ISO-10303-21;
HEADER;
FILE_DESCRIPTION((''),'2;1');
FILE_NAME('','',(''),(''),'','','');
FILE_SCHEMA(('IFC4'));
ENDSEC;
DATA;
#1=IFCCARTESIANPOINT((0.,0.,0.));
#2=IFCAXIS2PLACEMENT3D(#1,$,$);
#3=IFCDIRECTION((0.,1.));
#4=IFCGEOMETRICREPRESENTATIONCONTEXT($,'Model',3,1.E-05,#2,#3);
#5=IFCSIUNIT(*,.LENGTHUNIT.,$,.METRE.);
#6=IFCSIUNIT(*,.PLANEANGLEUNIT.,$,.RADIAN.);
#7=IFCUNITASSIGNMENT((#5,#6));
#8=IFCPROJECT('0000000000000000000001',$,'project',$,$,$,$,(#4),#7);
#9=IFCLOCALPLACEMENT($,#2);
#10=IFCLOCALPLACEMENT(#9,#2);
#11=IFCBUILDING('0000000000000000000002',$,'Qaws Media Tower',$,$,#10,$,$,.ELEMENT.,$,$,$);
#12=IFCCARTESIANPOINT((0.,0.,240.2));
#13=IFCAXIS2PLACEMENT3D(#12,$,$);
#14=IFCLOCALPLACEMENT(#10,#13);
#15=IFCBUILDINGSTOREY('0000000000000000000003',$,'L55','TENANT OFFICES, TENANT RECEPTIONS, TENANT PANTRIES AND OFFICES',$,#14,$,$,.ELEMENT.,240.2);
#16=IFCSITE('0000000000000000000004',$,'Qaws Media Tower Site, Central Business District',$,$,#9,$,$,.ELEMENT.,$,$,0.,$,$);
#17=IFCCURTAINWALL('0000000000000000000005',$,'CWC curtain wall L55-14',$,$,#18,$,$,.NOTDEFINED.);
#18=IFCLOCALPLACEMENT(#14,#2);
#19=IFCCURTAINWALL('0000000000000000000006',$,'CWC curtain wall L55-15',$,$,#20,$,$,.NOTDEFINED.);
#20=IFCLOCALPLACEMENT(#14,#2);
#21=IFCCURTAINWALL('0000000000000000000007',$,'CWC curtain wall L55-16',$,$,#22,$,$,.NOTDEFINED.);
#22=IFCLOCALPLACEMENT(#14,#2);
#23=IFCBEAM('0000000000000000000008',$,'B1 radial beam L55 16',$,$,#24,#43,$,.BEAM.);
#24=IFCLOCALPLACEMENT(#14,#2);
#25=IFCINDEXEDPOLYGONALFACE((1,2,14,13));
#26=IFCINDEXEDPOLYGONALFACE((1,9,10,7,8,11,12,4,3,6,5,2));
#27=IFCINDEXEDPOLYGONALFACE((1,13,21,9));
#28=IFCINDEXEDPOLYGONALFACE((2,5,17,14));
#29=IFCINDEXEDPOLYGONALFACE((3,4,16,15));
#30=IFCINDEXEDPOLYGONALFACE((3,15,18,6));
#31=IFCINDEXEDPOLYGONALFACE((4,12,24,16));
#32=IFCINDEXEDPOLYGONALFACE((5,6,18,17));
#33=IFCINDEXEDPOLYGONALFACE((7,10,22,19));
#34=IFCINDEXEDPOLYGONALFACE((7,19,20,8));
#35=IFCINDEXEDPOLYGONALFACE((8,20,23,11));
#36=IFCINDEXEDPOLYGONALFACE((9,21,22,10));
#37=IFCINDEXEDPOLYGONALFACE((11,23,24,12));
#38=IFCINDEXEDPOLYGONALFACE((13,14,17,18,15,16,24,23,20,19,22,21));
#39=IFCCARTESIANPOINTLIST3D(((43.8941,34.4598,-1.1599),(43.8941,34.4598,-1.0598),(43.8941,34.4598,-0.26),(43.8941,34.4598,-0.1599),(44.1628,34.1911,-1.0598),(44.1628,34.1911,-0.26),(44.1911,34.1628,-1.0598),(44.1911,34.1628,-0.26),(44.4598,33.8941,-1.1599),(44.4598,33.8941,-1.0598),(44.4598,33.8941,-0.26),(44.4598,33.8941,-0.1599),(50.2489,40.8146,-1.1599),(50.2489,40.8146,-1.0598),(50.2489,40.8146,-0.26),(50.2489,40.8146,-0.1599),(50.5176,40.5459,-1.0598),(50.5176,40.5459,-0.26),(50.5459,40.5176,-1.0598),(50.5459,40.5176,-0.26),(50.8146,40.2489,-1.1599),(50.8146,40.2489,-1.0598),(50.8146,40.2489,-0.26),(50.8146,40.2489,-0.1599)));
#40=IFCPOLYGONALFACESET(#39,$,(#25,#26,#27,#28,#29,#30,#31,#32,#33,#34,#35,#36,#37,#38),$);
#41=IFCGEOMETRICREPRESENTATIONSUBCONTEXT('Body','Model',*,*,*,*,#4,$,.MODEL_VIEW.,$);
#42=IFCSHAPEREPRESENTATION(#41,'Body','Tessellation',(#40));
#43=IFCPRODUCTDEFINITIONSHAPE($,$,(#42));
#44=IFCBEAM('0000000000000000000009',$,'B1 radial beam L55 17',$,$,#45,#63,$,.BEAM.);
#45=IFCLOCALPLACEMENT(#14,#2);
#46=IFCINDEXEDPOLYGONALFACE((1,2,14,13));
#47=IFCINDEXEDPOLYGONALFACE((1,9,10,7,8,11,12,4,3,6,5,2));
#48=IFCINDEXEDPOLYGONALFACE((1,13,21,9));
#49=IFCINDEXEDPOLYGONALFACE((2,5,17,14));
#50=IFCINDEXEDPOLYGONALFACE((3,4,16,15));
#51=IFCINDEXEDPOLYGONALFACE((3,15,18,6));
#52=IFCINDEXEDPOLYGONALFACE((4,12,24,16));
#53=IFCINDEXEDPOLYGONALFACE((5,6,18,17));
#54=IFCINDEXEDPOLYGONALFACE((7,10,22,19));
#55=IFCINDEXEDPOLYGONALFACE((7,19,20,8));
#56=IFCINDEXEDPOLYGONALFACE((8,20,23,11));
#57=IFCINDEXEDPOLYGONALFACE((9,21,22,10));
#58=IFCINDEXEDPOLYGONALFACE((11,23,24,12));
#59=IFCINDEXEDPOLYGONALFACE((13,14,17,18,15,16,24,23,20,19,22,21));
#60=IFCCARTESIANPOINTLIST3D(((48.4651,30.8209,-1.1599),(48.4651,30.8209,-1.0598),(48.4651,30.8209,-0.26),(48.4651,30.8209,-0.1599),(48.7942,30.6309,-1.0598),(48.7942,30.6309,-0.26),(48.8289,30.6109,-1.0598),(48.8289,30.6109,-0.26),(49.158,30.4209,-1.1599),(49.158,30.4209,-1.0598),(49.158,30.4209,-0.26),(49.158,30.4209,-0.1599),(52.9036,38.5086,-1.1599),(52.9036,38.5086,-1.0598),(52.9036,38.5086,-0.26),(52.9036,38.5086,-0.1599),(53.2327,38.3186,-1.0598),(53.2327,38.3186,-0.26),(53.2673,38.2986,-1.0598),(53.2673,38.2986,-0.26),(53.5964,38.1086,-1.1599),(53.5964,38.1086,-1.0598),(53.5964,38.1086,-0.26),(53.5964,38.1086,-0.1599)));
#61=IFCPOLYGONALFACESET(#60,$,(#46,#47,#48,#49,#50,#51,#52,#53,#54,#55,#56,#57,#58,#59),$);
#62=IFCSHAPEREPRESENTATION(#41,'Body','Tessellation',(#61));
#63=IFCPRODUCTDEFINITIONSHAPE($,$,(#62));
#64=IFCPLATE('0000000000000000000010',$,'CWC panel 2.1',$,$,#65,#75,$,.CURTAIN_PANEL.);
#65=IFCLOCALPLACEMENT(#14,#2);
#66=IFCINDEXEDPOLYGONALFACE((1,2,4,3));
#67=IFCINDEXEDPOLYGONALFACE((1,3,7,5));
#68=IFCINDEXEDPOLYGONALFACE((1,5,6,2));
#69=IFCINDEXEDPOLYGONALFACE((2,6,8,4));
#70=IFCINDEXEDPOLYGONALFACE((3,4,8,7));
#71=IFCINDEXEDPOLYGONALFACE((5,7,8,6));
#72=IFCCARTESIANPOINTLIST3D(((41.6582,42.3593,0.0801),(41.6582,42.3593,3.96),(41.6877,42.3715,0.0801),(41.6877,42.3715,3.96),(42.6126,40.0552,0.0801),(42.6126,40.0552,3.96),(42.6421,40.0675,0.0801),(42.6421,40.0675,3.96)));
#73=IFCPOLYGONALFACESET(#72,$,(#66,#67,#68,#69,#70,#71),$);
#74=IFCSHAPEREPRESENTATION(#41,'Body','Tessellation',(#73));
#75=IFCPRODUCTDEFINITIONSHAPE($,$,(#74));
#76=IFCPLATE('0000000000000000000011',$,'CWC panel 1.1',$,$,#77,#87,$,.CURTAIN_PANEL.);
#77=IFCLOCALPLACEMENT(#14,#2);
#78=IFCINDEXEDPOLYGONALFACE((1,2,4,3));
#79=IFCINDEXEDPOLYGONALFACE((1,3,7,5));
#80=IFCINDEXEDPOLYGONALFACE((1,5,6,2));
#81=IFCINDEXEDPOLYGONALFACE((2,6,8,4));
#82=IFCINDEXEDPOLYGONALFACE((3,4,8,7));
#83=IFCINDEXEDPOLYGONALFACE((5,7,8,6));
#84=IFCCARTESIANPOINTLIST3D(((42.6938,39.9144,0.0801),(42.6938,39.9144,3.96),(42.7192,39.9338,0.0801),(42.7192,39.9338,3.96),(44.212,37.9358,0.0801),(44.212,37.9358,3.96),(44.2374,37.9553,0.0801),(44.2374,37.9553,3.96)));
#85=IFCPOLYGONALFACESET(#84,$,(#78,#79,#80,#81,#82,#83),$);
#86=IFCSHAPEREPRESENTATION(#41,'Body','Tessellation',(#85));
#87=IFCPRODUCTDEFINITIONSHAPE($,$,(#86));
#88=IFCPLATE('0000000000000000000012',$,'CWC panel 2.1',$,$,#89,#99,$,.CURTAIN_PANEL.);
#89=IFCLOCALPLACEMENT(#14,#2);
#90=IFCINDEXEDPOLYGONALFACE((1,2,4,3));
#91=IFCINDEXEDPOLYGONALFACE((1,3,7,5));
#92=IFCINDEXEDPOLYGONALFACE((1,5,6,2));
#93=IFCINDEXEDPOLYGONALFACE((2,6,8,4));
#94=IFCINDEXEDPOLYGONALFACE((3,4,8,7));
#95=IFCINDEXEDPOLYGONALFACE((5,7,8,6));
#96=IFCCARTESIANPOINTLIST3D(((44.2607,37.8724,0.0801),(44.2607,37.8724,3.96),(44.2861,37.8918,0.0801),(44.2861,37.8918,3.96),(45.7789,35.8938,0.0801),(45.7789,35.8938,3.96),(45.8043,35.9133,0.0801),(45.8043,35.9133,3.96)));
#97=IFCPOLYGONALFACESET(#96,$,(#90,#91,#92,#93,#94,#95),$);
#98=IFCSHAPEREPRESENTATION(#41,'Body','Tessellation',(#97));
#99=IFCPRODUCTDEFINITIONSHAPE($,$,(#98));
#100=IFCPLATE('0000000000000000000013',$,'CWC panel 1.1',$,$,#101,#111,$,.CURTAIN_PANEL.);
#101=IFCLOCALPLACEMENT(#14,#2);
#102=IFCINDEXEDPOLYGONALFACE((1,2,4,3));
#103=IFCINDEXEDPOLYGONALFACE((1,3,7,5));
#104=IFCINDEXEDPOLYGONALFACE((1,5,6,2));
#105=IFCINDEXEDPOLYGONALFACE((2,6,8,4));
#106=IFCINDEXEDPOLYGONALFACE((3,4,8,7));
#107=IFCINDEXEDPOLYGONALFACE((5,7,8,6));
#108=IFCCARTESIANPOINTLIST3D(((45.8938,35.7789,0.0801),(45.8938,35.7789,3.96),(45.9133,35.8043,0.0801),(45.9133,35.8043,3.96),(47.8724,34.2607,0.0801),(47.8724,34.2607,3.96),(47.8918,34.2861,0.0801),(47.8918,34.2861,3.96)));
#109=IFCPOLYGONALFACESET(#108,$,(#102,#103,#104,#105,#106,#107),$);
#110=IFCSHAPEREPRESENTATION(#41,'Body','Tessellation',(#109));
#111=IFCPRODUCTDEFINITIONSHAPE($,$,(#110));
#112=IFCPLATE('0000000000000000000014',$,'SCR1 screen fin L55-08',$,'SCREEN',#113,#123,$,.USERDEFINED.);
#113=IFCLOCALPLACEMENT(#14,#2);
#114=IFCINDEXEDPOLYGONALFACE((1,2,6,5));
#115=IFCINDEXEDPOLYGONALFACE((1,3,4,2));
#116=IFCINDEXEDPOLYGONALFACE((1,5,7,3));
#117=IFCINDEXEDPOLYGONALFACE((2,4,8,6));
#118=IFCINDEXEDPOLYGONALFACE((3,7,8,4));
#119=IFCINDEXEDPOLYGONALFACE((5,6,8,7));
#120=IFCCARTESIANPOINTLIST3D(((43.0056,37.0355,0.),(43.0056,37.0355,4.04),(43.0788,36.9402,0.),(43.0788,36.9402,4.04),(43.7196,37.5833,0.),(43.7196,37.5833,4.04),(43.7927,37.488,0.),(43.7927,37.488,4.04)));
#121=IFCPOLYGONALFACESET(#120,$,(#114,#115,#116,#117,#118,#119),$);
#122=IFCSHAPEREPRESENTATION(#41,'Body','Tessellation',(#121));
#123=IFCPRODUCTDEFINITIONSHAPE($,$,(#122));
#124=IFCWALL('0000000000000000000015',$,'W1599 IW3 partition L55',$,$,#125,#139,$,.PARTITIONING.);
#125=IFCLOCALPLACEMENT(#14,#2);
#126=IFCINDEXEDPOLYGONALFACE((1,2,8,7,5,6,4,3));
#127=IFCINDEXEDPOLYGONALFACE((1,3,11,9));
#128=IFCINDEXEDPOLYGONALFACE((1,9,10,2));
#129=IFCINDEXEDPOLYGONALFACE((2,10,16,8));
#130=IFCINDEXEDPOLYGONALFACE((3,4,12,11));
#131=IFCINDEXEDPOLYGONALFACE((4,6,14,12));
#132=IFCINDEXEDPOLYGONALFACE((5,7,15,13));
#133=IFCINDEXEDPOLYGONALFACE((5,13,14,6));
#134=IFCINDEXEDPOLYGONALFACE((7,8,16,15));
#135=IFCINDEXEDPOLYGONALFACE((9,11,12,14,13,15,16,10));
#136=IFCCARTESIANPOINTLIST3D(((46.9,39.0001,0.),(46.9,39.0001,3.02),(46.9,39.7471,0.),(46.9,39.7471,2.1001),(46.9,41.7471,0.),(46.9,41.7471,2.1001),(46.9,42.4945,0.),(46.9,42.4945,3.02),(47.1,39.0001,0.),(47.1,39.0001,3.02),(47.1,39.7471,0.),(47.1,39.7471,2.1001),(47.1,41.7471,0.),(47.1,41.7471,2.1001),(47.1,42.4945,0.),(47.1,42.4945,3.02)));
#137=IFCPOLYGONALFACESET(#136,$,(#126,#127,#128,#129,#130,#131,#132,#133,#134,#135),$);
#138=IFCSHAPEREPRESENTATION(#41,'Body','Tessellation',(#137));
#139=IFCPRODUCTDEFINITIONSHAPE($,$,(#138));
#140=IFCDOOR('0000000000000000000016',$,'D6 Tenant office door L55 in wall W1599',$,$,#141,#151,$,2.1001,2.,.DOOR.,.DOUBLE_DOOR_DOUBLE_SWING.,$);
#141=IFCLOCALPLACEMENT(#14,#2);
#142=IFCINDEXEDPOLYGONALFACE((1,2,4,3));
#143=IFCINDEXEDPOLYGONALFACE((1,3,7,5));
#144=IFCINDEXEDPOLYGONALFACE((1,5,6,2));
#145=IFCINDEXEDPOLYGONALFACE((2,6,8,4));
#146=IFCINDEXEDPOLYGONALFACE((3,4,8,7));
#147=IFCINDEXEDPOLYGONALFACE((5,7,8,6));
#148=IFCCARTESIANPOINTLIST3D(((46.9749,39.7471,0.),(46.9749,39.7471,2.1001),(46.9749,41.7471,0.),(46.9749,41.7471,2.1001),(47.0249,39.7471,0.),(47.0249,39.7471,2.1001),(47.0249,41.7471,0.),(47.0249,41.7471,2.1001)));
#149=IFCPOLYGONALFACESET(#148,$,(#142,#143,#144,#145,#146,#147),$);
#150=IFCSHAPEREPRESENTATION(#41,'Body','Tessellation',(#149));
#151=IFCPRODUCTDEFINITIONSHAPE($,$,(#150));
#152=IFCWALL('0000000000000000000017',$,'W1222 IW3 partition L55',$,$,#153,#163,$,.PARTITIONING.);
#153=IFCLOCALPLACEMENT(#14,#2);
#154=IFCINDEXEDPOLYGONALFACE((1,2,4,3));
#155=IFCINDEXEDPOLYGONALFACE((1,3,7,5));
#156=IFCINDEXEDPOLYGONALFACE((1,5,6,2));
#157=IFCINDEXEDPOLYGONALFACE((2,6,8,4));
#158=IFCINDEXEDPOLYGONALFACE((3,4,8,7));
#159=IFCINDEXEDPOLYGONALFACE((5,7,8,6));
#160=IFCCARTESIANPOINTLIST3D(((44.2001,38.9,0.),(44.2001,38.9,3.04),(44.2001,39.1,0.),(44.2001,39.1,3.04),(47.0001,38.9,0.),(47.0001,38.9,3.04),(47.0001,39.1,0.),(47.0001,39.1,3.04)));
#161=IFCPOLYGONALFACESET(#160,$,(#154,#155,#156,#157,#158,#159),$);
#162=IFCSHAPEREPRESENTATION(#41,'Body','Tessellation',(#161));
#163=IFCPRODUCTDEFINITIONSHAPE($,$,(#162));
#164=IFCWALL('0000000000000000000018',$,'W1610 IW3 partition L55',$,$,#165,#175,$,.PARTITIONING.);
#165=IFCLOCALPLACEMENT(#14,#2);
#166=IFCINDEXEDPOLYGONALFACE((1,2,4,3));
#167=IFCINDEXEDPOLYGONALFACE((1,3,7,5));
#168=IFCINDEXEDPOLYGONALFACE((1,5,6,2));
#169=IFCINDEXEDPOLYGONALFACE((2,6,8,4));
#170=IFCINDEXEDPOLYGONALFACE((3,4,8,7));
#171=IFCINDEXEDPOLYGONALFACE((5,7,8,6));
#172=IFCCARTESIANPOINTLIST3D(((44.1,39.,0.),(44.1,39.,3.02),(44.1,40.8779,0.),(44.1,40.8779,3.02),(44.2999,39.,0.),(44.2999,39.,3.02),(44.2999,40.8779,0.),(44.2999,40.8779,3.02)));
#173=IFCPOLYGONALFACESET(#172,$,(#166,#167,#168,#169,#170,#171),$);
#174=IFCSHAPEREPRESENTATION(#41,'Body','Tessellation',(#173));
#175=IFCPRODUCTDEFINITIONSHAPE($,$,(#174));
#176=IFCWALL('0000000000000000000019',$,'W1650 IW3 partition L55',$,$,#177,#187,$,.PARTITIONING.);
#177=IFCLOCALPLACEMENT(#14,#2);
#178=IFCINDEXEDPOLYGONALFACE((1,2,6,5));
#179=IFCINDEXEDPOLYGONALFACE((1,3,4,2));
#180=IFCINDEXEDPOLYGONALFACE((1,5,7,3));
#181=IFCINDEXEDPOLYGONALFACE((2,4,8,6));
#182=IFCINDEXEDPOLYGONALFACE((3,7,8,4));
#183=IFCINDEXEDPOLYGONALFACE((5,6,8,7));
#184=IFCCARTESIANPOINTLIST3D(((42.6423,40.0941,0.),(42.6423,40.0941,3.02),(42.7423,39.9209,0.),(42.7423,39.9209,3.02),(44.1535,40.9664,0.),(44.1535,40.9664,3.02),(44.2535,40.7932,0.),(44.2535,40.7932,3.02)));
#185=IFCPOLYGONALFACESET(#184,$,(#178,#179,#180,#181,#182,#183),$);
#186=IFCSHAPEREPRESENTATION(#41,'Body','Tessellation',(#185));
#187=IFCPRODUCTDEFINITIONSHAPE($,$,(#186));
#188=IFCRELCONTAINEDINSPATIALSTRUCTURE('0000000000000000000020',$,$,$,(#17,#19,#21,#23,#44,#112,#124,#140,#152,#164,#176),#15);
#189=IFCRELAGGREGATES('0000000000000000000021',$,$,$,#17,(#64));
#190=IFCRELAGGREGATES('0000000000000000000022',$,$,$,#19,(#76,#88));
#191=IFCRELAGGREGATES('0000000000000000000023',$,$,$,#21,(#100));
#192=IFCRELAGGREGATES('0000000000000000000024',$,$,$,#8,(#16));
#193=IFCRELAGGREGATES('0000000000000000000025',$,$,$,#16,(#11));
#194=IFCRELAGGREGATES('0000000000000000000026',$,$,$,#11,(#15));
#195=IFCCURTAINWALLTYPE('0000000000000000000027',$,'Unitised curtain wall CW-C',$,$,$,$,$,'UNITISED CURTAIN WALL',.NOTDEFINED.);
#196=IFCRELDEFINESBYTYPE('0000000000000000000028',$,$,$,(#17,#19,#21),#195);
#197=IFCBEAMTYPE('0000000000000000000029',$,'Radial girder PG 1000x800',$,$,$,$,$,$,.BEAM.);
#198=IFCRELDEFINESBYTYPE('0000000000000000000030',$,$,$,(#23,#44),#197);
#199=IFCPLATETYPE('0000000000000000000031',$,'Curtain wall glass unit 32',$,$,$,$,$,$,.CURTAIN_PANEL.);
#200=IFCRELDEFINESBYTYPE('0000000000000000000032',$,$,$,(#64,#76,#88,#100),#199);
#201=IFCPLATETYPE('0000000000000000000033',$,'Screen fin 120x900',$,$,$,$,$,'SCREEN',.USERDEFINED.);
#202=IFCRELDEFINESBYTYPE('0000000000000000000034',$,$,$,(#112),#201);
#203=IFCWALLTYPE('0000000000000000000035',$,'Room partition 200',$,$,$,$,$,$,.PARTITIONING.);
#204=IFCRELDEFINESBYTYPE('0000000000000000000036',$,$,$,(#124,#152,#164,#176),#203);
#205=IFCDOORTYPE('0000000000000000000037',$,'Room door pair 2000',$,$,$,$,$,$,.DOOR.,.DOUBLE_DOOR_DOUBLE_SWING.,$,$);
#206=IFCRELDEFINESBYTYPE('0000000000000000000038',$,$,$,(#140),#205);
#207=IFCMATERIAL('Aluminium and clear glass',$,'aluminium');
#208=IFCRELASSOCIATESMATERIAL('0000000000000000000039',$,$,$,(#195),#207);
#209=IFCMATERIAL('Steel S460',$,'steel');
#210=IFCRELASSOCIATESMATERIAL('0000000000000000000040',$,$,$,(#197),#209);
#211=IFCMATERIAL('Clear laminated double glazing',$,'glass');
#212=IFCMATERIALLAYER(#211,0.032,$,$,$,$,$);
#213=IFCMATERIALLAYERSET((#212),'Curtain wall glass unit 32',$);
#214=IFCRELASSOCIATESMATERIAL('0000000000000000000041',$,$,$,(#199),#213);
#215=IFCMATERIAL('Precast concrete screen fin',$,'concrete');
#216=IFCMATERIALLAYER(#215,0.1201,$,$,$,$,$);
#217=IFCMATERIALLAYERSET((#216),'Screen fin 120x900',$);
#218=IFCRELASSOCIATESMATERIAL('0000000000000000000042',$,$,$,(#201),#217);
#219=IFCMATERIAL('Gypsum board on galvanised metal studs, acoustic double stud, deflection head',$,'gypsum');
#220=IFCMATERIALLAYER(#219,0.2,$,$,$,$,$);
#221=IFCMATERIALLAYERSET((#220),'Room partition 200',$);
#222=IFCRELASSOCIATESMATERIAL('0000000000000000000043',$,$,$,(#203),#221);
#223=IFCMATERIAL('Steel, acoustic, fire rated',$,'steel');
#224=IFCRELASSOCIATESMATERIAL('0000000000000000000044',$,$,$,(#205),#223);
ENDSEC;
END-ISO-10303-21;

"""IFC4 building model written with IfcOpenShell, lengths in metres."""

from ifc_helpers import new_model, si_unit, direction, frame, frame_2d, origin, origin_2d, place, context, subcontext, project, spatial, rectangle, i_section, extrude, material, layer, layer_set, material_profile, profile_set, type_object, element, fill, aggregate, save


model = new_model("IFC4")

# Units and contexts
model_context = context("Model", 3, precision=1e-05, world=origin(), true_north=direction((0.0, 1.0)))
body_context = subcontext(model_context, "Body", "Model", "MODEL_VIEW")
ifc_project = project(units=[si_unit("LENGTHUNIT", "METRE"), si_unit("PLANEANGLEUNIT", "RADIAN")], contexts=[model_context])

# Site, building, storey
site_placement = place(None, origin())
site = spatial("IfcSite", under=ifc_project, at=site_placement, Name="Qaws Media Tower Site, Central Business District", CompositionType="ELEMENT", RefElevation=0.0)
building_placement = place(site_placement, origin())
building = spatial("IfcBuilding", under=site, at=building_placement, Name="Qaws Media Tower", CompositionType="ELEMENT")
storey_placement = place(building_placement, frame((0.0, 0.0, 240.2)))
storey = spatial("IfcBuildingStorey", under=building, at=storey_placement, Name="L55", Description="TENANT OFFICES, TENANT RECEPTIONS, TENANT PANTRIES AND OFFICES", CompositionType="ELEMENT", Elevation=240.2)

# Curtain wall
ifc_material_1 = material(Name="Aluminium and clear glass", Category="aluminium")
curtain_wall_type = type_object("IfcCurtainWallType", Name="Unitised curtain wall CW-C", ElementType="UNITISED CURTAIN WALL", PredefinedType="NOTDEFINED", material=ifc_material_1)
curtain_wall_1_placement = place(storey_placement, origin())
curtain_wall_1 = element("IfcCurtainWall", 1, at=curtain_wall_1_placement, inside=storey, type_object=curtain_wall_type, Name="CWC curtain wall L55-14", PredefinedType="NOTDEFINED")

# Curtain wall
curtain_wall_2_placement = place(storey_placement, origin())
curtain_wall_2 = element("IfcCurtainWall", 2, at=curtain_wall_2_placement, inside=storey, type_object=curtain_wall_type, Name="CWC curtain wall L55-15", PredefinedType="NOTDEFINED")

# Curtain wall
curtain_wall_3_placement = place(storey_placement, origin())
curtain_wall_3 = element("IfcCurtainWall", 3, at=curtain_wall_3_placement, inside=storey, type_object=curtain_wall_type, Name="CWC curtain wall L55-16", PredefinedType="NOTDEFINED")

# Beams
ifc_material_2 = material(Name="Steel S460", Category="steel")
ifc_material_profile_1 = material_profile(ifc_material_2, i_section(OverallWidth=0.8, OverallDepth=1.0, WebThickness=0.04, FlangeThickness=0.1001, at=origin_2d()), Name="PG 1000x800")
ifc_profile_set_1 = profile_set([ifc_material_profile_1], Name="Steel S460")
beam_type_1 = type_object("IfcBeamType", Name="Radial girder PG 1000x800", PredefinedType="BEAM", material=ifc_profile_set_1)
beam_1_placement = place(storey_placement, frame((50.5317, 40.5317, -0.6599), z_axis=(-0.707107, -0.707107, 0.0), x_axis=(0.707107, -0.707107, 0.0)))
element("IfcBeam", 4, at=beam_1_placement, inside=storey, type_object=beam_type_1, Name="B1 radial beam L55 16", PredefinedType="BEAM", context=body_context, shape_type="SweptSolid", body=[
    extrude(i_section(OverallWidth=0.8, OverallDepth=1.0, WebThickness=0.04, FlangeThickness=0.1001, at=origin_2d()), origin(), (0.0, 0.0, 1.0), 8.9871),
])
beam_2_placement = place(storey_placement, frame((53.25, 38.3086, -0.6599), z_axis=(-0.499996, -0.866028, 0.0), x_axis=(0.866028, -0.499996, 0.0)))
element("IfcBeam", 5, at=beam_2_placement, inside=storey, type_object=beam_type_1, Name="B1 radial beam L55 17", PredefinedType="BEAM", context=body_context, shape_type="SweptSolid", body=[
    extrude(i_section(OverallWidth=0.8, OverallDepth=1.0, WebThickness=0.04, FlangeThickness=0.1001, at=origin_2d()), origin(), (0.0, 0.0, 1.0), 8.877),
])

# Plates
ifc_material_3 = material(Name="Clear laminated double glazing", Category="glass")
ifc_layer_1 = layer(ifc_material_3, 0.032)
ifc_layer_set_1 = layer_set([ifc_layer_1], Name="Curtain wall glass unit 32")
plate_type_1 = type_object("IfcPlateType", Name="Curtain wall glass unit 32", PredefinedType="CURTAIN_PANEL", material=ifc_layer_set_1)
plate_1_placement = place(storey_placement, frame((42.1501, 41.2134, 0.0801), z_axis=(0.0, 0.0, 1.0), x_axis=(0.382683, -0.92388, 0.0)))
plate_1 = element("IfcPlate", 6, at=plate_1_placement, type_object=plate_type_1, Name="CWC panel 2.1", PredefinedType="CURTAIN_PANEL", context=body_context, shape_type="SweptSolid", body=[
    extrude(rectangle(XDim=2.4939, YDim=0.032, at=origin_2d()), origin(), (0.0, 0.0, 1.0), 3.8799),
])
aggregate(curtain_wall_1, [plate_1])
plate_2_placement = place(storey_placement, frame((43.4656, 38.9348, 0.0801), z_axis=(0.0, 0.0, 1.0), x_axis=(0.608762, -0.793353, 0.0)))
plate_2 = element("IfcPlate", 7, at=plate_2_placement, type_object=plate_type_1, Name="CWC panel 1.1", PredefinedType="CURTAIN_PANEL", context=body_context, shape_type="SweptSolid", body=[
    extrude(rectangle(XDim=2.4939, YDim=0.032, at=origin_2d()), origin(), (0.0, 0.0, 1.0), 3.8799),
])
plate_3_placement = place(storey_placement, frame((45.0325, 36.8928, 0.0801), z_axis=(0.0, 0.0, 1.0), x_axis=(0.608762, -0.793353, 0.0)))
plate_3 = element("IfcPlate", 8, at=plate_3_placement, type_object=plate_type_1, Name="CWC panel 2.1", PredefinedType="CURTAIN_PANEL", context=body_context, shape_type="SweptSolid", body=[
    extrude(rectangle(XDim=2.4939, YDim=0.032, at=origin_2d()), origin(), (0.0, 0.0, 1.0), 3.8799),
])
aggregate(curtain_wall_2, [plate_2, plate_3])
plate_4_placement = place(storey_placement, frame((46.8928, 35.0325, 0.0801), z_axis=(0.0, 0.0, 1.0), x_axis=(0.793353, -0.608762, 0.0)))
plate_4 = element("IfcPlate", 9, at=plate_4_placement, type_object=plate_type_1, Name="CWC panel 1.1", PredefinedType="CURTAIN_PANEL", context=body_context, shape_type="SweptSolid", body=[
    extrude(rectangle(XDim=2.4939, YDim=0.032, at=origin_2d()), origin(), (0.0, 0.0, 1.0), 3.8799),
])
aggregate(curtain_wall_3, [plate_4])
ifc_material_4 = material(Name="Precast concrete screen fin", Category="concrete")
ifc_layer_2 = layer(ifc_material_4, 0.1201)
ifc_layer_set_2 = layer_set([ifc_layer_2], Name="Screen fin 120x900")
plate_type_2 = type_object("IfcPlateType", Name="Screen fin 120x900", ElementType="SCREEN", PredefinedType="USERDEFINED", material=ifc_layer_set_2)
plate_5_placement = place(storey_placement, frame((43.3992, 37.2617, 0.0), z_axis=(0.0, 0.0, 1.0), x_axis=(-0.793353, -0.608761, 0.0)))
element("IfcPlate", 10, at=plate_5_placement, inside=storey, type_object=plate_type_2, Name="SCR1 screen fin L55-08", ObjectType="SCREEN", PredefinedType="USERDEFINED", context=body_context, shape_type="SweptSolid", body=[
    extrude(rectangle(XDim=0.8999, YDim=0.1201, at=origin_2d()), origin(), (0.0, 0.0, 1.0), 4.04),
])

# Wall, opening, door
ifc_material_5 = material(Name="Gypsum board on galvanised metal studs, acoustic double stud, deflection head", Category="gypsum")
ifc_layer_3 = layer(ifc_material_5, 0.2)
ifc_layer_set_3 = layer_set([ifc_layer_3], Name="Room partition 200")
wall_type = type_object("IfcWallType", Name="Room partition 200", PredefinedType="PARTITIONING", material=ifc_layer_set_3)
wall_1_placement = place(storey_placement, frame((47.0, 42.4944, 0.0), z_axis=(0.0, 0.0, 1.0), x_axis=(0.0, -1.0, 0.0)))
wall_1 = element("IfcWall", 11, at=wall_1_placement, inside=storey, type_object=wall_type, Name="W1599 IW3 partition L55", PredefinedType="PARTITIONING", context=body_context, shape_type="SweptSolid", body=[
    extrude(rectangle(XDim=3.4944, YDim=0.2, at=frame_2d((1.7471, 0.0))), origin(), (0.0, 0.0, 1.0), 3.02),
])
opening_1_placement = place(wall_1_placement, frame((0.7473, 0.0, 0.0)))
opening_1 = element("IfcOpeningElement", 12, at=opening_1_placement, cuts=wall_1, PredefinedType="OPENING", context=body_context, shape_type="SweptSolid", body=[
    extrude(rectangle(XDim=2.0, YDim=2.1001, at=frame_2d((1.0, 1.05))), frame((0.0, 0.1099, 0.0), z_axis=(0.0, -1.0, 0.0), x_axis=(1.0, 0.0, 0.0)), (0.0, 0.0, 1.0), 0.22),
])
ifc_material_6 = material(Name="Steel, acoustic, fire rated", Category="steel")
door_type_1 = type_object("IfcDoorType", Name="Room door pair 2000", OperationType="DOUBLE_DOOR_DOUBLE_SWING", PredefinedType="DOOR", material=ifc_material_6)
door_1_placement = place(opening_1_placement, origin())
door_1 = element("IfcDoor", 13, at=door_1_placement, inside=storey, type_object=door_type_1, Name="D6 Tenant office door L55 in wall W1599", OperationType="DOUBLE_DOOR_DOUBLE_SWING", OverallHeight=2.1001, OverallWidth=2.0, PredefinedType="DOOR", context=body_context, shape_type="SweptSolid", body=[
    extrude(rectangle(XDim=2.0, YDim=2.1001, at=frame_2d((1.0, 1.05))), frame((0.0, 0.0249, 0.0), z_axis=(0.0, -1.0, 0.0), x_axis=(1.0, 0.0, 0.0)), (0.0, 0.0, 1.0), 0.05),
])
fill(opening_1, door_1)

# Walls
wall_2_placement = place(storey_placement, frame((47.0, 39.0, 0.0), z_axis=(0.0, 0.0, 1.0), x_axis=(-1.0, 0.0, 0.0)))
element("IfcWall", 14, at=wall_2_placement, inside=storey, type_object=wall_type, Name="W1222 IW3 partition L55", PredefinedType="PARTITIONING", context=body_context, shape_type="SweptSolid", body=[
    extrude(rectangle(XDim=2.8, YDim=0.2, at=frame_2d((1.3999, 0.0))), origin(), (0.0, 0.0, 1.0), 3.04),
])
wall_3_placement = place(storey_placement, frame((44.2, 39.0, 0.0), z_axis=(0.0, 0.0, 1.0), x_axis=(0.0, 1.0, 0.0)))
element("IfcWall", 15, at=wall_3_placement, inside=storey, type_object=wall_type, Name="W1610 IW3 partition L55", PredefinedType="PARTITIONING", context=body_context, shape_type="SweptSolid", body=[
    extrude(rectangle(XDim=1.8779, YDim=0.2, at=frame_2d((0.939, 0.0))), origin(), (0.0, 0.0, 1.0), 3.02),
])

# Wall
wall_4_placement = place(storey_placement, frame((44.2036, 40.8799, 0.0), z_axis=(0.0, 0.0, 1.0), x_axis=(-0.866074, -0.499916, 0.0)))
element("IfcWall", 16, at=wall_4_placement, inside=storey, type_object=wall_type, Name="W1650 IW3 partition L55", PredefinedType="PARTITIONING", context=body_context, shape_type="SweptSolid", body=[
    extrude(rectangle(XDim=1.7449, YDim=0.2, at=frame_2d((0.8726, 0.0))), origin(), (0.0, 0.0, 1.0), 3.02),
])

save(model, "model.ifc")
